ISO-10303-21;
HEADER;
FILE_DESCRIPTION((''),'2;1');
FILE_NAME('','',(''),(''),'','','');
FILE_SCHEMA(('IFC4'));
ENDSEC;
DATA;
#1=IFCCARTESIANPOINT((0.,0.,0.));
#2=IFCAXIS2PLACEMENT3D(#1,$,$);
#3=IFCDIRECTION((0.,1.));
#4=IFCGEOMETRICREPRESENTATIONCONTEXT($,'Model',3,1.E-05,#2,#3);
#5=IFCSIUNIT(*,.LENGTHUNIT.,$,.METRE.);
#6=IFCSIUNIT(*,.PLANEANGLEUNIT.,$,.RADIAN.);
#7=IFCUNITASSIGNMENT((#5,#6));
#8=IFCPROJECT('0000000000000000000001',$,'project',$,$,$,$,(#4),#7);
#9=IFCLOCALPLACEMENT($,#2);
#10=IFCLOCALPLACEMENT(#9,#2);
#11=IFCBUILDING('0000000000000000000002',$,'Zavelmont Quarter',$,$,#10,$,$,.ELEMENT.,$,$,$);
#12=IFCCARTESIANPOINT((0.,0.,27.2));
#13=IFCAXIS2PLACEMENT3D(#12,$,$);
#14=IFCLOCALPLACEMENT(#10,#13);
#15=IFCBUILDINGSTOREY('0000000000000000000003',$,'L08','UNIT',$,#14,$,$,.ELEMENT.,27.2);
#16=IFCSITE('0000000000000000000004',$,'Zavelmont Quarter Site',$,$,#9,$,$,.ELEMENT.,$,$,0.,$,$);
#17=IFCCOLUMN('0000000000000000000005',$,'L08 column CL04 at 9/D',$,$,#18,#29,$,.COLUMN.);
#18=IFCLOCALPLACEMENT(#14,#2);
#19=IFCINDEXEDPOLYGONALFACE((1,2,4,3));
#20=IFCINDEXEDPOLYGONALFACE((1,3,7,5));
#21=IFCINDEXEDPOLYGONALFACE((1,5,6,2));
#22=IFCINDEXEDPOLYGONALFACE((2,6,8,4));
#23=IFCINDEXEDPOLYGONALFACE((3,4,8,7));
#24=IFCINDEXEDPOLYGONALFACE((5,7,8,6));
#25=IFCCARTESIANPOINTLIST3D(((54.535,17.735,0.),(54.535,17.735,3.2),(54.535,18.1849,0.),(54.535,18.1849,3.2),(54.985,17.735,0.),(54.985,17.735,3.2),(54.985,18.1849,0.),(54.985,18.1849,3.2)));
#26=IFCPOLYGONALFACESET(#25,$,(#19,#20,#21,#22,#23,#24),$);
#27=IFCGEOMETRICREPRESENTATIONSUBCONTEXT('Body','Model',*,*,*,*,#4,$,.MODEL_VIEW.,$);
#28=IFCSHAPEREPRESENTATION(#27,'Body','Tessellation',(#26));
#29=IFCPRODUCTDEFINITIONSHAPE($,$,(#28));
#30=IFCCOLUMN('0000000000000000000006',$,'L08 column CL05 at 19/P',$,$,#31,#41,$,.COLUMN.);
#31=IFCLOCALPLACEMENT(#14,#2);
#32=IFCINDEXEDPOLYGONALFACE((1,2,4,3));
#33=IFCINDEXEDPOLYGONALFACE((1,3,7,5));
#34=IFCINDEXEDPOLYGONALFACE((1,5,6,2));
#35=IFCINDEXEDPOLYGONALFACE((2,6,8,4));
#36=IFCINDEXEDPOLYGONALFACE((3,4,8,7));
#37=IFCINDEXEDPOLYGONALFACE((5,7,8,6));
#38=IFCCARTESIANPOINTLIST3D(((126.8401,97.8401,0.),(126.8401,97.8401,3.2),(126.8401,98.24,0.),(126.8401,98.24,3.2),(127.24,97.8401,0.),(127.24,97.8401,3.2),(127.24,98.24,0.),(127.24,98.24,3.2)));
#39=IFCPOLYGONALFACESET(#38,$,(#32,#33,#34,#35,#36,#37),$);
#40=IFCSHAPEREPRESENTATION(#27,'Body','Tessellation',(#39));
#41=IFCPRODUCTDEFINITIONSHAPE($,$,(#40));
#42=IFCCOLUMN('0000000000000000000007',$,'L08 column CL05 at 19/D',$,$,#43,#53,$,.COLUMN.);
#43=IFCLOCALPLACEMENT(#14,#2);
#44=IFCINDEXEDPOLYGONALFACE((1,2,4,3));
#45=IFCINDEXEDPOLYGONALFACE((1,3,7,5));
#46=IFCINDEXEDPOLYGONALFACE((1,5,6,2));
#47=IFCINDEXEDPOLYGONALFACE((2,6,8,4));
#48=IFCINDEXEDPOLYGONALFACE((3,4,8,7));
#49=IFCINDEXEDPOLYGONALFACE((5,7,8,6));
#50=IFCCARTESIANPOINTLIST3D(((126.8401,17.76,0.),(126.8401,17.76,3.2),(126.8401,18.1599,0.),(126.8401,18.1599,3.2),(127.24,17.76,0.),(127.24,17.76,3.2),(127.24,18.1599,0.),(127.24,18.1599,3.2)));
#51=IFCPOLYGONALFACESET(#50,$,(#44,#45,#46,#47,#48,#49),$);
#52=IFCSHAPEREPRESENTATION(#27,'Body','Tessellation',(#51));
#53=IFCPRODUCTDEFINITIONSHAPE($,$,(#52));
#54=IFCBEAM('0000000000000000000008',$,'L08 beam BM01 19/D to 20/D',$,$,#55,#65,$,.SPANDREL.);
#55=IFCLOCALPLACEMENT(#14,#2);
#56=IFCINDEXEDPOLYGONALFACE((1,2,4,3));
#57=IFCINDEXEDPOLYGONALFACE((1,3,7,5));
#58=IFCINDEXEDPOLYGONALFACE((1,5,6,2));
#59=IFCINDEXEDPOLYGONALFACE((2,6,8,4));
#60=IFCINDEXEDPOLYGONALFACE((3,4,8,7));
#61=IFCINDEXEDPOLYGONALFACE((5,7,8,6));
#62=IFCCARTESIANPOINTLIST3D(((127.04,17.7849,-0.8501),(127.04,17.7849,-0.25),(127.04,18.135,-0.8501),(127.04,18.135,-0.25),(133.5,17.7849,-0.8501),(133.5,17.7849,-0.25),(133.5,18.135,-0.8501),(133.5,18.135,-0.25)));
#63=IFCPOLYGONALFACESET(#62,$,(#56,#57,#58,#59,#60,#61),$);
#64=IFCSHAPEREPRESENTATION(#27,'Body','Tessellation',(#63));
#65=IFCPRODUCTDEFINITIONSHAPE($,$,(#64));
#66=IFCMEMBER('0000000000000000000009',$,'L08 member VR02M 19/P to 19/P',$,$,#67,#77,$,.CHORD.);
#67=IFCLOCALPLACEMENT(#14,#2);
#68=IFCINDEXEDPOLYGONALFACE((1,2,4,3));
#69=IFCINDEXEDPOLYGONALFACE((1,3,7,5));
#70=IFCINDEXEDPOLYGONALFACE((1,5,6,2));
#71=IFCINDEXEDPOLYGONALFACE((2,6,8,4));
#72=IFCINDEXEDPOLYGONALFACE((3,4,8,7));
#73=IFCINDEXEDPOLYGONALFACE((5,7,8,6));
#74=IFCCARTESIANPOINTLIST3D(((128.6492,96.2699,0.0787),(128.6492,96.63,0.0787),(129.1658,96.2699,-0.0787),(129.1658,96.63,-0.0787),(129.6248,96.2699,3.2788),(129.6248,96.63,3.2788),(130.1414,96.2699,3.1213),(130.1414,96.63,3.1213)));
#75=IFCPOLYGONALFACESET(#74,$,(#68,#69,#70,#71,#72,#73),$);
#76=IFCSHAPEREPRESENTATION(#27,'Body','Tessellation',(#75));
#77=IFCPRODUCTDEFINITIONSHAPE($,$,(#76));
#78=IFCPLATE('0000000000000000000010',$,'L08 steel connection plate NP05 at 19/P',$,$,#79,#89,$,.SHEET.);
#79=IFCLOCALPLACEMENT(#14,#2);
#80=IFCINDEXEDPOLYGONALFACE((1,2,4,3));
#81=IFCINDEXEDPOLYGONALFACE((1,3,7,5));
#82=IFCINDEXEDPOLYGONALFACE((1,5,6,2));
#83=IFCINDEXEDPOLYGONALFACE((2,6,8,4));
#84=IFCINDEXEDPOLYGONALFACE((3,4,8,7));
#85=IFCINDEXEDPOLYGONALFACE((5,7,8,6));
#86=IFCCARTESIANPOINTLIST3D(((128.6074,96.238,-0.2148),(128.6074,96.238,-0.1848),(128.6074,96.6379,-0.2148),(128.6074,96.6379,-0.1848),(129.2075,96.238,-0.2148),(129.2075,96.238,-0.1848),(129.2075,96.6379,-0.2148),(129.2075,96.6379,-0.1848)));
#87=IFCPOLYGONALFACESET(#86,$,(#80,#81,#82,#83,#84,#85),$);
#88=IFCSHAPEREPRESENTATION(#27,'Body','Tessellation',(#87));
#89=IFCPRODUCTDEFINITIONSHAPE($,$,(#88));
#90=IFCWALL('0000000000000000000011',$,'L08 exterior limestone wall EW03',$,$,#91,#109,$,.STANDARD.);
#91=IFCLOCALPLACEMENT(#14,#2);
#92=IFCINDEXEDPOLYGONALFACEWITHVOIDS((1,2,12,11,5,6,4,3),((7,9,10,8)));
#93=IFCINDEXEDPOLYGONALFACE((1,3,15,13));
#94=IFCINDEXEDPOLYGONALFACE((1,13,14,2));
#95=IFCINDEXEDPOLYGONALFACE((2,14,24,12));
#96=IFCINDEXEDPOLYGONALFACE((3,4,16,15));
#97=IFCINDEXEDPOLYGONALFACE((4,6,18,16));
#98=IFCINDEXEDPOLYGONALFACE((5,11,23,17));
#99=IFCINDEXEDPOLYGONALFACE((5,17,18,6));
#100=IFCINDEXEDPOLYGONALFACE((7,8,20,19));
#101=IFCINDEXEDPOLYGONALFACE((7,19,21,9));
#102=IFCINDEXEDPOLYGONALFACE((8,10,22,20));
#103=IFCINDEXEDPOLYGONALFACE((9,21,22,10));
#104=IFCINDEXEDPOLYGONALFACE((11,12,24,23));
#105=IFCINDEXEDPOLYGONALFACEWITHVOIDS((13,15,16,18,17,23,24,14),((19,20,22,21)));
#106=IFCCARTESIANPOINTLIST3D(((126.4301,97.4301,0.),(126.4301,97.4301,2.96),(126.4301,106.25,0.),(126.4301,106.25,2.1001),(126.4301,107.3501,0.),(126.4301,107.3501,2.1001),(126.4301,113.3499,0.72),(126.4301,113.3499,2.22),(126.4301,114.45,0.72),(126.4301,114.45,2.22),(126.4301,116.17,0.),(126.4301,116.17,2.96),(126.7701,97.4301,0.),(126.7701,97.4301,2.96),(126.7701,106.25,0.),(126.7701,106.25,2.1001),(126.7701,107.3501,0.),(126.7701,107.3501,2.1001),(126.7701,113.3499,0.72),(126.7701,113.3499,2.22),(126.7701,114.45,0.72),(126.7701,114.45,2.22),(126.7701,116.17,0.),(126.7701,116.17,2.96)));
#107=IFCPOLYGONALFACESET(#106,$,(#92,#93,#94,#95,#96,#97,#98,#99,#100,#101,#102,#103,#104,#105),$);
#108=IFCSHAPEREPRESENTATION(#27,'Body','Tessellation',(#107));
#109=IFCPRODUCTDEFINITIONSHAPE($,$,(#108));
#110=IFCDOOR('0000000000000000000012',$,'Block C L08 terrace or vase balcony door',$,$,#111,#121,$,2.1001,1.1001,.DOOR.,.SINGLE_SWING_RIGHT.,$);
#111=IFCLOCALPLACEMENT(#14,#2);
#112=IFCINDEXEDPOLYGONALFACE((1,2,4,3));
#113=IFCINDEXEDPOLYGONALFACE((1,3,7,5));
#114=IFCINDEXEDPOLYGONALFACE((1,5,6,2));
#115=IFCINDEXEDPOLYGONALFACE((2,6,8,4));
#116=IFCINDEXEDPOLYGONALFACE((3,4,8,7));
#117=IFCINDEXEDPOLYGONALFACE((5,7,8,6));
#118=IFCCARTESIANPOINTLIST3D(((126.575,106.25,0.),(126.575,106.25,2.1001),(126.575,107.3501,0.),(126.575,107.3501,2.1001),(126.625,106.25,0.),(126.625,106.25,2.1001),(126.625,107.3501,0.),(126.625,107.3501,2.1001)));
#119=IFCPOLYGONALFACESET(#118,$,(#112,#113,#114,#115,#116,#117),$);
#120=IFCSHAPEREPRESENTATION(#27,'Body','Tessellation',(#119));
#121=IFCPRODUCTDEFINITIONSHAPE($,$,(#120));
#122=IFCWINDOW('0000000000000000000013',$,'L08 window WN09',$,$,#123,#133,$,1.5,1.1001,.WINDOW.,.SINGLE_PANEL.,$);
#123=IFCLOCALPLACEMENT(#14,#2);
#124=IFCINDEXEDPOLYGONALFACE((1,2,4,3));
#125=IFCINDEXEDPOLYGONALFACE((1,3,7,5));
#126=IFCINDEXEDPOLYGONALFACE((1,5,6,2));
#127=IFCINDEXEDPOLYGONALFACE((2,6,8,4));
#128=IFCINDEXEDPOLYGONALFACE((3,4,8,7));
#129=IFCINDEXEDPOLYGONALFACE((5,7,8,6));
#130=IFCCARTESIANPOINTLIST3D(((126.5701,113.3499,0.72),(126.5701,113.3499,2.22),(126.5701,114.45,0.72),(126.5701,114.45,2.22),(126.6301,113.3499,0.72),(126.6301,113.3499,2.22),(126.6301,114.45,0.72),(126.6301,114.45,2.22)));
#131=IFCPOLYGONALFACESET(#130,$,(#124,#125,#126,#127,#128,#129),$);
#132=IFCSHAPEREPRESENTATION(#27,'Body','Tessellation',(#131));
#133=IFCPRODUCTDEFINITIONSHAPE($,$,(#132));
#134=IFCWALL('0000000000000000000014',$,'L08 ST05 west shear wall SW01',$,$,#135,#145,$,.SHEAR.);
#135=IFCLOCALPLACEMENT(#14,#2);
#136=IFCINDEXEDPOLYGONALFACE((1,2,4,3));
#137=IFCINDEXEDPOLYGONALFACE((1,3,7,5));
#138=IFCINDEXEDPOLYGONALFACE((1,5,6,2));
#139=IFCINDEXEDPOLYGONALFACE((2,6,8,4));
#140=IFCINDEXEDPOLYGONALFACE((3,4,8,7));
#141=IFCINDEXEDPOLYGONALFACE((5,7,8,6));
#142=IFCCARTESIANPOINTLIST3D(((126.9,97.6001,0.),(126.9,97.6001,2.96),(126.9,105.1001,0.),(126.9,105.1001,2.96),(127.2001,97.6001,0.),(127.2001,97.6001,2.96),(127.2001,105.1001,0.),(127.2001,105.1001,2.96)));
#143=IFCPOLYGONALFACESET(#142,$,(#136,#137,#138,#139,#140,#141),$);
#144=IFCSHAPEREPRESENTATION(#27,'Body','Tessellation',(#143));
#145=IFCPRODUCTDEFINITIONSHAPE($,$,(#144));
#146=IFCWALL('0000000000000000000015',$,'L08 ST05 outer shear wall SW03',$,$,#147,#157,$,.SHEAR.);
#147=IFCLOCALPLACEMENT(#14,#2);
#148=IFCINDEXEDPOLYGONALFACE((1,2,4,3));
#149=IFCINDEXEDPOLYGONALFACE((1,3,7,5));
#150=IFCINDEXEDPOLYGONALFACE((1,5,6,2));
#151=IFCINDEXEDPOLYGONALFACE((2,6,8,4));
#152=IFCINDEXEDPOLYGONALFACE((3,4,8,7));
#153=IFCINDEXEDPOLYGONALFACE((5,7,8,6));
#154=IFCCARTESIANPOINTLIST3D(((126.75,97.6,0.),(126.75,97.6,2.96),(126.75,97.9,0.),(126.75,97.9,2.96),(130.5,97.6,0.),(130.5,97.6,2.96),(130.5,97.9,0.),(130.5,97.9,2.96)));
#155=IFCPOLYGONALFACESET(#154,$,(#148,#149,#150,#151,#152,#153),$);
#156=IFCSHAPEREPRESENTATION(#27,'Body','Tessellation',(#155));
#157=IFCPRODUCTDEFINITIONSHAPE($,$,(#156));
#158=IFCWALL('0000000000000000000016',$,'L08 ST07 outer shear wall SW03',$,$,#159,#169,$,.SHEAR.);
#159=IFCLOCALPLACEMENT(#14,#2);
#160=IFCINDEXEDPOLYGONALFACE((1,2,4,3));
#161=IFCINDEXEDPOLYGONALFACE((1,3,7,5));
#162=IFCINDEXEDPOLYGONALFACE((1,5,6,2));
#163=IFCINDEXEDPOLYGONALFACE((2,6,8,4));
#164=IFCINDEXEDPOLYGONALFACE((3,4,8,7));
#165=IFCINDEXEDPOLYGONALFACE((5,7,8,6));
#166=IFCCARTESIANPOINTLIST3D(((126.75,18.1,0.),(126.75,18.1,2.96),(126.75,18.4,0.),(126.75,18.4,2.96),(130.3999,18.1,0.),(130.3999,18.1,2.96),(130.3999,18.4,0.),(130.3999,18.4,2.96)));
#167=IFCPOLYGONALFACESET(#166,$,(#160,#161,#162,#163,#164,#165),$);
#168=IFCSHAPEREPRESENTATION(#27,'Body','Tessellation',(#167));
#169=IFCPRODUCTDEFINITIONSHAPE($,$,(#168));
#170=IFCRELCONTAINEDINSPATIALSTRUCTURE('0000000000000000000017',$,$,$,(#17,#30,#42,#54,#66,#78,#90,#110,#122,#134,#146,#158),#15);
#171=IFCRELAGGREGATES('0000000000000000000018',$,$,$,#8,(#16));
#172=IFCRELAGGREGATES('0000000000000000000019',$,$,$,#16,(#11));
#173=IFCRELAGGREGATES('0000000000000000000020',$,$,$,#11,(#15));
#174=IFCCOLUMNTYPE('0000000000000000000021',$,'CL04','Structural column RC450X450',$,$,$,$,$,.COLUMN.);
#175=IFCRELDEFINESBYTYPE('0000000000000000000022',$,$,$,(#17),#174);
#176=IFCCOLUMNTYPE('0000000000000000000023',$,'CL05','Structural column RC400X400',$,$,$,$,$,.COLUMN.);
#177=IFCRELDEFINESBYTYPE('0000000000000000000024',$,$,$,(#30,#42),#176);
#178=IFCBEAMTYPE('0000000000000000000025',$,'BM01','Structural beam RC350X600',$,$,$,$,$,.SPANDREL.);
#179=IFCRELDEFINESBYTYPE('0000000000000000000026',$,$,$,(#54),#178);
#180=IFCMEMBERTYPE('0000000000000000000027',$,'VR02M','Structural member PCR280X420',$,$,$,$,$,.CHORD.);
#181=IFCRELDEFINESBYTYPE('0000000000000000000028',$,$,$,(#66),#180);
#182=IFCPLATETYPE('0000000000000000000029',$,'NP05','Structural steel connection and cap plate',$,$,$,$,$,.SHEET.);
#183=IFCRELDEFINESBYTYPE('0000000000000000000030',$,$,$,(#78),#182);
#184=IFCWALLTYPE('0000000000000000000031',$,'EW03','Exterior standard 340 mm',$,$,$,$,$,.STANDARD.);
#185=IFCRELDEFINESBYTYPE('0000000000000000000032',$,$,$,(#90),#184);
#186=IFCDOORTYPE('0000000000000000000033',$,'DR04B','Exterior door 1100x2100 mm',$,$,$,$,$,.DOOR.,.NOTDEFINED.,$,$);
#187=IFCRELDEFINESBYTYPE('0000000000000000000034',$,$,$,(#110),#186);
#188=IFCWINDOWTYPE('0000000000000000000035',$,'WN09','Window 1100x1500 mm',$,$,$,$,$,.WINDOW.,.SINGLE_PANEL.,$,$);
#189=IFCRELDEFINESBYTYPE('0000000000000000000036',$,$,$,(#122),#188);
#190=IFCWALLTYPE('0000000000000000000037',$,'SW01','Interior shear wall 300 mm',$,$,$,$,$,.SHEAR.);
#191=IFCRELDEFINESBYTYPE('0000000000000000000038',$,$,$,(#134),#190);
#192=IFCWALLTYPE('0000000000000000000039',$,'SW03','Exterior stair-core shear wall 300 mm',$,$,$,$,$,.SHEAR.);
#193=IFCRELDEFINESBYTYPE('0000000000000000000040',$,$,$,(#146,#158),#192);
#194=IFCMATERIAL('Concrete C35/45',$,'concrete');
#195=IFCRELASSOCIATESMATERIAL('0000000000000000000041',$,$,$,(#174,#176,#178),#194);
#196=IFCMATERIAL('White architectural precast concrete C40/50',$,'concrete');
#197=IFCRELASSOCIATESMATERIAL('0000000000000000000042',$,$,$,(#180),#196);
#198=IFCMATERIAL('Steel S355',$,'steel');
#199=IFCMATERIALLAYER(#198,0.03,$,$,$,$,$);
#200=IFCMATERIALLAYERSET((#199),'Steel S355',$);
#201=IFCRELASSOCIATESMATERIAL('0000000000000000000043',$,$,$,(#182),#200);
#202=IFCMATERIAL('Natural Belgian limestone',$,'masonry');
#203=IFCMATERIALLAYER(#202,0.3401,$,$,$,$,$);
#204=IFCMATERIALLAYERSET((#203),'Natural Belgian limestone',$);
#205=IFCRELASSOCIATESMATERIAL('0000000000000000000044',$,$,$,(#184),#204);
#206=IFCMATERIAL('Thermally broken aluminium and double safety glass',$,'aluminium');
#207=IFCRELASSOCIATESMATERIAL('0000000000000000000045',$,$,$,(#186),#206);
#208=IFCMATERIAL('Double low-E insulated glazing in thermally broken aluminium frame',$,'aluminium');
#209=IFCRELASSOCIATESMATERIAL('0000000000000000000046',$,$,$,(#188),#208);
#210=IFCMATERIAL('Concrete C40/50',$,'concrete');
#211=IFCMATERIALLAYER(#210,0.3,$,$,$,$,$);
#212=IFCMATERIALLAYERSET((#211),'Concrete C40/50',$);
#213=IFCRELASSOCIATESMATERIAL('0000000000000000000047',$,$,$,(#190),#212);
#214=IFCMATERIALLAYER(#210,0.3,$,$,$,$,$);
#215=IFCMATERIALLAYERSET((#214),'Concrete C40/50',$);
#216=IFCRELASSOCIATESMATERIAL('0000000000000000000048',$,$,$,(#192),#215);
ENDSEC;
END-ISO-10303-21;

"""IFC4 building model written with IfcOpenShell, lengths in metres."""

from ifc_helpers import new_model, si_unit, direction, frame, frame_2d, origin, origin_with_axes, origin_2d, place, context, subcontext, project, spatial, rectangle, extrude, material, layer, layer_set, material_profile, profile_set, type_object, element, fill, save


model = new_model("IFC4")

# Units and contexts
model_context = context("Model", 3, precision=1e-05, world=origin(), true_north=direction((0.0, 1.0)))
body_context = subcontext(model_context, "Body", "Model", "MODEL_VIEW")
ifc_project = project(units=[si_unit("LENGTHUNIT", "METRE"), si_unit("PLANEANGLEUNIT", "RADIAN")], contexts=[model_context])

# Site, building, storey
site_placement = place(None, origin())
site = spatial("IfcSite", under=ifc_project, at=site_placement, Name="Zavelmont Quarter Site", CompositionType="ELEMENT", RefElevation=0.0)
building_placement = place(site_placement, origin())
building = spatial("IfcBuilding", under=site, at=building_placement, Name="Zavelmont Quarter", CompositionType="ELEMENT")
storey_placement = place(building_placement, frame((0.0, 0.0, 27.2)))
storey = spatial("IfcBuildingStorey", under=building, at=storey_placement, Name="L08", Description="UNIT", CompositionType="ELEMENT", Elevation=27.2)

# Columns
ifc_material_1 = material(Name="Concrete C35/45", Category="concrete")
ifc_material_profile_1 = material_profile(ifc_material_1, rectangle(XDim=0.45, YDim=0.45, at=origin_2d()), Name="RC450X450")
ifc_profile_set_1 = profile_set([ifc_material_profile_1], Name="Concrete C35/45")
column_type_1 = type_object("IfcColumnType", Name="CL04", Description="Structural column RC450X450", PredefinedType="COLUMN", material=ifc_profile_set_1)
column_placement = place(storey_placement, frame((54.76, 17.96, 0.0), z_axis=(0.0, 0.0, 1.0), x_axis=(1.0, 0.0, 0.0)))
element("IfcColumn", 1, at=column_placement, inside=storey, type_object=column_type_1, Name="L08 column CL04 at 9/D", PredefinedType="COLUMN", context=body_context, shape_type="SweptSolid", body=[
    extrude(rectangle(XDim=0.45, YDim=0.45, at=origin_2d()), origin(), (0.0, 0.0, 1.0), 3.2),
])
ifc_material_profile_2 = material_profile(ifc_material_1, rectangle(XDim=0.3999, YDim=0.3999, at=origin_2d()), Name="RC400X400")
ifc_profile_set_2 = profile_set([ifc_material_profile_2], Name="Concrete C35/45")
column_type_2 = type_object("IfcColumnType", Name="CL05", Description="Structural column RC400X400", PredefinedType="COLUMN", material=ifc_profile_set_2)
for number, where, z_axis, x_axis, name in (
    (2, (127.04, 98.04, 0.0), (0.0, 0.0, 1.0), (1.0, 0.0, 0.0), "L08 column CL05 at 19/P"),
    (3, (127.04, 17.96, 0.0), (0.0, 0.0, 1.0), (1.0, 0.0, 0.0), "L08 column CL05 at 19/D"),
):
    element("IfcColumn", number, at=place(storey_placement, frame(where, z_axis=z_axis, x_axis=x_axis)), inside=storey, type_object=column_type_2, Name=name, PredefinedType="COLUMN", context=body_context, shape_type="SweptSolid", body=[
        extrude(rectangle(XDim=0.3999, YDim=0.3999, at=origin_2d()), origin(), (0.0, 0.0, 1.0), 3.2),
    ])

# Beam
ifc_material_profile_3 = material_profile(ifc_material_1, rectangle(XDim=0.3501, YDim=0.6001, at=origin_2d()), Name="RC350X600")
ifc_profile_set_3 = profile_set([ifc_material_profile_3], Name="Concrete C35/45")
beam_type = type_object("IfcBeamType", Name="BM01", Description="Structural beam RC350X600", PredefinedType="SPANDREL", material=ifc_profile_set_3)
beam_placement = place(storey_placement, frame((127.04, 17.96, -0.55), z_axis=(1.0, 0.0, 0.0), x_axis=(0.0, 1.0, 0.0)))
element("IfcBeam", 4, at=beam_placement, inside=storey, type_object=beam_type, Name="L08 beam BM01 19/D to 20/D", PredefinedType="SPANDREL", context=body_context, shape_type="SweptSolid", body=[
    extrude(rectangle(XDim=0.3501, YDim=0.6001, at=origin_2d()), origin(), (0.0, 0.0, 1.0), 6.46),
])

# Member
ifc_material_2 = material(Name="White architectural precast concrete C40/50", Category="concrete")
ifc_material_profile_4 = material_profile(ifc_material_2, rectangle(XDim=0.3601, YDim=0.54, at=origin_2d()), Name="PCR280X420")
ifc_profile_set_4 = profile_set([ifc_material_profile_4], Name="White architectural precast concrete C40/50")
member_type = type_object("IfcMemberType", Name="VR02M", Description="Structural member PCR280X420", PredefinedType="CHORD", material=ifc_profile_set_4)
member_placement = place(storey_placement, frame((128.9075, 96.45, 0.0), z_axis=(0.291623, 0.0, 0.956533), x_axis=(0.0, 1.0, 0.0)))
element("IfcMember", 5, at=member_placement, inside=storey, type_object=member_type, Name="L08 member VR02M 19/P to 19/P", PredefinedType="CHORD", context=body_context, shape_type="SweptSolid", body=[
    extrude(rectangle(XDim=0.3601, YDim=0.54, at=origin_2d()), origin(), (0.0, 0.0, 1.0), 3.3455),
])

# Plate
ifc_material_3 = material(Name="Steel S355", Category="steel")
ifc_layer_1 = layer(ifc_material_3, 0.03)
ifc_layer_set_1 = layer_set([ifc_layer_1], Name="Steel S355")
plate_type = type_object("IfcPlateType", Name="NP05", Description="Structural steel connection and cap plate", PredefinedType="SHEET", material=ifc_layer_set_1)
plate_placement = place(storey_placement, frame((128.9075, 96.438, -0.2148), z_axis=(0.0, 0.0, 1.0), x_axis=(1.0, 0.0, 0.0)))
element("IfcPlate", 6, at=plate_placement, inside=storey, type_object=plate_type, Name="L08 steel connection plate NP05 at 19/P", PredefinedType="SHEET", context=body_context, shape_type="SweptSolid", body=[
    extrude(rectangle(XDim=0.6001, YDim=0.3999, at=origin_2d()), origin(), (0.0, 0.0, 1.0), 0.03),
])

# Wall, openings, door, window
ifc_material_4 = material(Name="Natural Belgian limestone", Category="masonry")
ifc_layer_2 = layer(ifc_material_4, 0.3401)
ifc_layer_set_2 = layer_set([ifc_layer_2], Name="Natural Belgian limestone")
wall_type_1 = type_object("IfcWallType", Name="EW03", Description="Exterior standard 340 mm", PredefinedType="STANDARD", material=ifc_layer_set_2)
wall_1_placement = place(storey_placement, frame((126.6001, 97.4299, 0.0), z_axis=(0.0, 0.0, 1.0), x_axis=(0.0, 1.0, 0.0)))
wall_1 = element("IfcWall", 7, at=wall_1_placement, inside=storey, type_object=wall_type_1, Name="L08 exterior limestone wall EW03", PredefinedType="STANDARD", context=body_context, shape_type="SweptSolid", body=[
    extrude(rectangle(XDim=18.74, YDim=0.3401, at=frame_2d((9.3701, 0.0))), origin(), (0.0, 0.0, 1.0), 2.96),
])
opening_1_placement = place(wall_1_placement, frame((8.8201, 0.0, 0.0)))
opening_1 = element("IfcOpeningElement", 8, at=opening_1_placement, cuts=wall_1, PredefinedType="OPENING", context=body_context, shape_type="SweptSolid", body=[
    extrude(rectangle(XDim=1.1001, YDim=2.1001, at=frame_2d((0.55, 1.05))), frame((0.0, 0.1821, 0.0), z_axis=(0.0, -1.0, 0.0), x_axis=(1.0, 0.0, 0.0)), (0.0, 0.0, 1.0), 0.364),
])
opening_2_placement = place(wall_1_placement, frame((15.9199, 0.0, 0.72)))
opening_2 = element("IfcOpeningElement", 9, at=opening_2_placement, cuts=wall_1, PredefinedType="OPENING", context=body_context, shape_type="SweptSolid", body=[
    extrude(rectangle(XDim=1.1001, YDim=1.5, at=frame_2d((0.55, 0.75))), frame((0.0, 0.1821, 0.0), z_axis=(0.0, -1.0, 0.0), x_axis=(1.0, 0.0, 0.0)), (0.0, 0.0, 1.0), 0.364),
])
ifc_material_5 = material(Name="Thermally broken aluminium and double safety glass", Category="aluminium")
door_type = type_object("IfcDoorType", Name="DR04B", Description="Exterior door 1100x2100 mm", OperationType="NOTDEFINED", PredefinedType="DOOR", material=ifc_material_5)
door_placement = place(opening_1_placement, frame((1.1001, 0.0, 0.0), z_axis=(0.0, 0.0, 1.0), x_axis=(-1.0, 0.0, 0.0)))
door = element("IfcDoor", 10, at=door_placement, inside=storey, type_object=door_type, Name="Block C L08 terrace or vase balcony door", OperationType="SINGLE_SWING_RIGHT", OverallHeight=2.1001, OverallWidth=1.1001, PredefinedType="DOOR", context=body_context, shape_type="SweptSolid", body=[
    extrude(rectangle(XDim=1.1001, YDim=2.1001, at=frame_2d((0.55, 1.05))), frame((0.0, 0.0249, 0.0), z_axis=(0.0, -1.0, 0.0), x_axis=(1.0, 0.0, 0.0)), (0.0, 0.0, 1.0), 0.05),
])
fill(opening_1, door)
ifc_material_6 = material(Name="Double low-E insulated glazing in thermally broken aluminium frame", Category="aluminium")
window_type = type_object("IfcWindowType", Name="WN09", Description="Window 1100x1500 mm", PartitioningType="SINGLE_PANEL", PredefinedType="WINDOW", material=ifc_material_6)
window_placement = place(opening_2_placement, origin_with_axes())
window = element("IfcWindow", 11, at=window_placement, inside=storey, type_object=window_type, Name="L08 window WN09", OverallHeight=1.5, OverallWidth=1.1001, PartitioningType="SINGLE_PANEL", PredefinedType="WINDOW", context=body_context, shape_type="SweptSolid", body=[
    extrude(rectangle(XDim=1.1001, YDim=1.5, at=frame_2d((0.55, 0.75))), frame((0.0, 0.03, 0.0), z_axis=(0.0, -1.0, 0.0), x_axis=(1.0, 0.0, 0.0)), (0.0, 0.0, 1.0), 0.0601),
])
fill(opening_2, window)

# Walls
ifc_material_7 = material(Name="Concrete C40/50", Category="concrete")
ifc_layer_3 = layer(ifc_material_7, 0.3)
ifc_layer_set_3 = layer_set([ifc_layer_3], Name="Concrete C40/50")
wall_type_2 = type_object("IfcWallType", Name="SW01", Description="Interior shear wall 300 mm", PredefinedType="SHEAR", material=ifc_layer_set_3)
wall_2_placement = place(storey_placement, frame((127.05, 97.6001, 0.0), z_axis=(0.0, 0.0, 1.0), x_axis=(0.0, 1.0, 0.0)))
element("IfcWall", 12, at=wall_2_placement, inside=storey, type_object=wall_type_2, Name="L08 ST05 west shear wall SW01", PredefinedType="SHEAR", context=body_context, shape_type="SweptSolid", body=[
    extrude(rectangle(XDim=7.5, YDim=0.3, at=frame_2d((3.75, 0.0))), origin(), (0.0, 0.0, 1.0), 2.96),
])
ifc_layer_4 = layer(ifc_material_7, 0.3)
ifc_layer_set_4 = layer_set([ifc_layer_4], Name="Concrete C40/50")
wall_type_3 = type_object("IfcWallType", Name="SW03", Description="Exterior stair-core shear wall 300 mm", PredefinedType="SHEAR", material=ifc_layer_set_4)
wall_3_placement = place(storey_placement, frame((126.75, 97.75, 0.0), z_axis=(0.0, 0.0, 1.0), x_axis=(1.0, 0.0, 0.0)))
element("IfcWall", 13, at=wall_3_placement, inside=storey, type_object=wall_type_3, Name="L08 ST05 outer shear wall SW03", PredefinedType="SHEAR", context=body_context, shape_type="SweptSolid", body=[
    extrude(rectangle(XDim=3.75, YDim=0.3, at=frame_2d((1.875, 0.0))), origin(), (0.0, 0.0, 1.0), 2.96),
])
wall_4_placement = place(storey_placement, frame((126.75, 18.25, 0.0), z_axis=(0.0, 0.0, 1.0), x_axis=(1.0, 0.0, 0.0)))
element("IfcWall", 14, at=wall_4_placement, inside=storey, type_object=wall_type_3, Name="L08 ST07 outer shear wall SW03", PredefinedType="SHEAR", context=body_context, shape_type="SweptSolid", body=[
    extrude(rectangle(XDim=3.6499, YDim=0.3, at=frame_2d((1.825, 0.0))), origin(), (0.0, 0.0, 1.0), 2.96),
])

save(model, "model.ifc")
